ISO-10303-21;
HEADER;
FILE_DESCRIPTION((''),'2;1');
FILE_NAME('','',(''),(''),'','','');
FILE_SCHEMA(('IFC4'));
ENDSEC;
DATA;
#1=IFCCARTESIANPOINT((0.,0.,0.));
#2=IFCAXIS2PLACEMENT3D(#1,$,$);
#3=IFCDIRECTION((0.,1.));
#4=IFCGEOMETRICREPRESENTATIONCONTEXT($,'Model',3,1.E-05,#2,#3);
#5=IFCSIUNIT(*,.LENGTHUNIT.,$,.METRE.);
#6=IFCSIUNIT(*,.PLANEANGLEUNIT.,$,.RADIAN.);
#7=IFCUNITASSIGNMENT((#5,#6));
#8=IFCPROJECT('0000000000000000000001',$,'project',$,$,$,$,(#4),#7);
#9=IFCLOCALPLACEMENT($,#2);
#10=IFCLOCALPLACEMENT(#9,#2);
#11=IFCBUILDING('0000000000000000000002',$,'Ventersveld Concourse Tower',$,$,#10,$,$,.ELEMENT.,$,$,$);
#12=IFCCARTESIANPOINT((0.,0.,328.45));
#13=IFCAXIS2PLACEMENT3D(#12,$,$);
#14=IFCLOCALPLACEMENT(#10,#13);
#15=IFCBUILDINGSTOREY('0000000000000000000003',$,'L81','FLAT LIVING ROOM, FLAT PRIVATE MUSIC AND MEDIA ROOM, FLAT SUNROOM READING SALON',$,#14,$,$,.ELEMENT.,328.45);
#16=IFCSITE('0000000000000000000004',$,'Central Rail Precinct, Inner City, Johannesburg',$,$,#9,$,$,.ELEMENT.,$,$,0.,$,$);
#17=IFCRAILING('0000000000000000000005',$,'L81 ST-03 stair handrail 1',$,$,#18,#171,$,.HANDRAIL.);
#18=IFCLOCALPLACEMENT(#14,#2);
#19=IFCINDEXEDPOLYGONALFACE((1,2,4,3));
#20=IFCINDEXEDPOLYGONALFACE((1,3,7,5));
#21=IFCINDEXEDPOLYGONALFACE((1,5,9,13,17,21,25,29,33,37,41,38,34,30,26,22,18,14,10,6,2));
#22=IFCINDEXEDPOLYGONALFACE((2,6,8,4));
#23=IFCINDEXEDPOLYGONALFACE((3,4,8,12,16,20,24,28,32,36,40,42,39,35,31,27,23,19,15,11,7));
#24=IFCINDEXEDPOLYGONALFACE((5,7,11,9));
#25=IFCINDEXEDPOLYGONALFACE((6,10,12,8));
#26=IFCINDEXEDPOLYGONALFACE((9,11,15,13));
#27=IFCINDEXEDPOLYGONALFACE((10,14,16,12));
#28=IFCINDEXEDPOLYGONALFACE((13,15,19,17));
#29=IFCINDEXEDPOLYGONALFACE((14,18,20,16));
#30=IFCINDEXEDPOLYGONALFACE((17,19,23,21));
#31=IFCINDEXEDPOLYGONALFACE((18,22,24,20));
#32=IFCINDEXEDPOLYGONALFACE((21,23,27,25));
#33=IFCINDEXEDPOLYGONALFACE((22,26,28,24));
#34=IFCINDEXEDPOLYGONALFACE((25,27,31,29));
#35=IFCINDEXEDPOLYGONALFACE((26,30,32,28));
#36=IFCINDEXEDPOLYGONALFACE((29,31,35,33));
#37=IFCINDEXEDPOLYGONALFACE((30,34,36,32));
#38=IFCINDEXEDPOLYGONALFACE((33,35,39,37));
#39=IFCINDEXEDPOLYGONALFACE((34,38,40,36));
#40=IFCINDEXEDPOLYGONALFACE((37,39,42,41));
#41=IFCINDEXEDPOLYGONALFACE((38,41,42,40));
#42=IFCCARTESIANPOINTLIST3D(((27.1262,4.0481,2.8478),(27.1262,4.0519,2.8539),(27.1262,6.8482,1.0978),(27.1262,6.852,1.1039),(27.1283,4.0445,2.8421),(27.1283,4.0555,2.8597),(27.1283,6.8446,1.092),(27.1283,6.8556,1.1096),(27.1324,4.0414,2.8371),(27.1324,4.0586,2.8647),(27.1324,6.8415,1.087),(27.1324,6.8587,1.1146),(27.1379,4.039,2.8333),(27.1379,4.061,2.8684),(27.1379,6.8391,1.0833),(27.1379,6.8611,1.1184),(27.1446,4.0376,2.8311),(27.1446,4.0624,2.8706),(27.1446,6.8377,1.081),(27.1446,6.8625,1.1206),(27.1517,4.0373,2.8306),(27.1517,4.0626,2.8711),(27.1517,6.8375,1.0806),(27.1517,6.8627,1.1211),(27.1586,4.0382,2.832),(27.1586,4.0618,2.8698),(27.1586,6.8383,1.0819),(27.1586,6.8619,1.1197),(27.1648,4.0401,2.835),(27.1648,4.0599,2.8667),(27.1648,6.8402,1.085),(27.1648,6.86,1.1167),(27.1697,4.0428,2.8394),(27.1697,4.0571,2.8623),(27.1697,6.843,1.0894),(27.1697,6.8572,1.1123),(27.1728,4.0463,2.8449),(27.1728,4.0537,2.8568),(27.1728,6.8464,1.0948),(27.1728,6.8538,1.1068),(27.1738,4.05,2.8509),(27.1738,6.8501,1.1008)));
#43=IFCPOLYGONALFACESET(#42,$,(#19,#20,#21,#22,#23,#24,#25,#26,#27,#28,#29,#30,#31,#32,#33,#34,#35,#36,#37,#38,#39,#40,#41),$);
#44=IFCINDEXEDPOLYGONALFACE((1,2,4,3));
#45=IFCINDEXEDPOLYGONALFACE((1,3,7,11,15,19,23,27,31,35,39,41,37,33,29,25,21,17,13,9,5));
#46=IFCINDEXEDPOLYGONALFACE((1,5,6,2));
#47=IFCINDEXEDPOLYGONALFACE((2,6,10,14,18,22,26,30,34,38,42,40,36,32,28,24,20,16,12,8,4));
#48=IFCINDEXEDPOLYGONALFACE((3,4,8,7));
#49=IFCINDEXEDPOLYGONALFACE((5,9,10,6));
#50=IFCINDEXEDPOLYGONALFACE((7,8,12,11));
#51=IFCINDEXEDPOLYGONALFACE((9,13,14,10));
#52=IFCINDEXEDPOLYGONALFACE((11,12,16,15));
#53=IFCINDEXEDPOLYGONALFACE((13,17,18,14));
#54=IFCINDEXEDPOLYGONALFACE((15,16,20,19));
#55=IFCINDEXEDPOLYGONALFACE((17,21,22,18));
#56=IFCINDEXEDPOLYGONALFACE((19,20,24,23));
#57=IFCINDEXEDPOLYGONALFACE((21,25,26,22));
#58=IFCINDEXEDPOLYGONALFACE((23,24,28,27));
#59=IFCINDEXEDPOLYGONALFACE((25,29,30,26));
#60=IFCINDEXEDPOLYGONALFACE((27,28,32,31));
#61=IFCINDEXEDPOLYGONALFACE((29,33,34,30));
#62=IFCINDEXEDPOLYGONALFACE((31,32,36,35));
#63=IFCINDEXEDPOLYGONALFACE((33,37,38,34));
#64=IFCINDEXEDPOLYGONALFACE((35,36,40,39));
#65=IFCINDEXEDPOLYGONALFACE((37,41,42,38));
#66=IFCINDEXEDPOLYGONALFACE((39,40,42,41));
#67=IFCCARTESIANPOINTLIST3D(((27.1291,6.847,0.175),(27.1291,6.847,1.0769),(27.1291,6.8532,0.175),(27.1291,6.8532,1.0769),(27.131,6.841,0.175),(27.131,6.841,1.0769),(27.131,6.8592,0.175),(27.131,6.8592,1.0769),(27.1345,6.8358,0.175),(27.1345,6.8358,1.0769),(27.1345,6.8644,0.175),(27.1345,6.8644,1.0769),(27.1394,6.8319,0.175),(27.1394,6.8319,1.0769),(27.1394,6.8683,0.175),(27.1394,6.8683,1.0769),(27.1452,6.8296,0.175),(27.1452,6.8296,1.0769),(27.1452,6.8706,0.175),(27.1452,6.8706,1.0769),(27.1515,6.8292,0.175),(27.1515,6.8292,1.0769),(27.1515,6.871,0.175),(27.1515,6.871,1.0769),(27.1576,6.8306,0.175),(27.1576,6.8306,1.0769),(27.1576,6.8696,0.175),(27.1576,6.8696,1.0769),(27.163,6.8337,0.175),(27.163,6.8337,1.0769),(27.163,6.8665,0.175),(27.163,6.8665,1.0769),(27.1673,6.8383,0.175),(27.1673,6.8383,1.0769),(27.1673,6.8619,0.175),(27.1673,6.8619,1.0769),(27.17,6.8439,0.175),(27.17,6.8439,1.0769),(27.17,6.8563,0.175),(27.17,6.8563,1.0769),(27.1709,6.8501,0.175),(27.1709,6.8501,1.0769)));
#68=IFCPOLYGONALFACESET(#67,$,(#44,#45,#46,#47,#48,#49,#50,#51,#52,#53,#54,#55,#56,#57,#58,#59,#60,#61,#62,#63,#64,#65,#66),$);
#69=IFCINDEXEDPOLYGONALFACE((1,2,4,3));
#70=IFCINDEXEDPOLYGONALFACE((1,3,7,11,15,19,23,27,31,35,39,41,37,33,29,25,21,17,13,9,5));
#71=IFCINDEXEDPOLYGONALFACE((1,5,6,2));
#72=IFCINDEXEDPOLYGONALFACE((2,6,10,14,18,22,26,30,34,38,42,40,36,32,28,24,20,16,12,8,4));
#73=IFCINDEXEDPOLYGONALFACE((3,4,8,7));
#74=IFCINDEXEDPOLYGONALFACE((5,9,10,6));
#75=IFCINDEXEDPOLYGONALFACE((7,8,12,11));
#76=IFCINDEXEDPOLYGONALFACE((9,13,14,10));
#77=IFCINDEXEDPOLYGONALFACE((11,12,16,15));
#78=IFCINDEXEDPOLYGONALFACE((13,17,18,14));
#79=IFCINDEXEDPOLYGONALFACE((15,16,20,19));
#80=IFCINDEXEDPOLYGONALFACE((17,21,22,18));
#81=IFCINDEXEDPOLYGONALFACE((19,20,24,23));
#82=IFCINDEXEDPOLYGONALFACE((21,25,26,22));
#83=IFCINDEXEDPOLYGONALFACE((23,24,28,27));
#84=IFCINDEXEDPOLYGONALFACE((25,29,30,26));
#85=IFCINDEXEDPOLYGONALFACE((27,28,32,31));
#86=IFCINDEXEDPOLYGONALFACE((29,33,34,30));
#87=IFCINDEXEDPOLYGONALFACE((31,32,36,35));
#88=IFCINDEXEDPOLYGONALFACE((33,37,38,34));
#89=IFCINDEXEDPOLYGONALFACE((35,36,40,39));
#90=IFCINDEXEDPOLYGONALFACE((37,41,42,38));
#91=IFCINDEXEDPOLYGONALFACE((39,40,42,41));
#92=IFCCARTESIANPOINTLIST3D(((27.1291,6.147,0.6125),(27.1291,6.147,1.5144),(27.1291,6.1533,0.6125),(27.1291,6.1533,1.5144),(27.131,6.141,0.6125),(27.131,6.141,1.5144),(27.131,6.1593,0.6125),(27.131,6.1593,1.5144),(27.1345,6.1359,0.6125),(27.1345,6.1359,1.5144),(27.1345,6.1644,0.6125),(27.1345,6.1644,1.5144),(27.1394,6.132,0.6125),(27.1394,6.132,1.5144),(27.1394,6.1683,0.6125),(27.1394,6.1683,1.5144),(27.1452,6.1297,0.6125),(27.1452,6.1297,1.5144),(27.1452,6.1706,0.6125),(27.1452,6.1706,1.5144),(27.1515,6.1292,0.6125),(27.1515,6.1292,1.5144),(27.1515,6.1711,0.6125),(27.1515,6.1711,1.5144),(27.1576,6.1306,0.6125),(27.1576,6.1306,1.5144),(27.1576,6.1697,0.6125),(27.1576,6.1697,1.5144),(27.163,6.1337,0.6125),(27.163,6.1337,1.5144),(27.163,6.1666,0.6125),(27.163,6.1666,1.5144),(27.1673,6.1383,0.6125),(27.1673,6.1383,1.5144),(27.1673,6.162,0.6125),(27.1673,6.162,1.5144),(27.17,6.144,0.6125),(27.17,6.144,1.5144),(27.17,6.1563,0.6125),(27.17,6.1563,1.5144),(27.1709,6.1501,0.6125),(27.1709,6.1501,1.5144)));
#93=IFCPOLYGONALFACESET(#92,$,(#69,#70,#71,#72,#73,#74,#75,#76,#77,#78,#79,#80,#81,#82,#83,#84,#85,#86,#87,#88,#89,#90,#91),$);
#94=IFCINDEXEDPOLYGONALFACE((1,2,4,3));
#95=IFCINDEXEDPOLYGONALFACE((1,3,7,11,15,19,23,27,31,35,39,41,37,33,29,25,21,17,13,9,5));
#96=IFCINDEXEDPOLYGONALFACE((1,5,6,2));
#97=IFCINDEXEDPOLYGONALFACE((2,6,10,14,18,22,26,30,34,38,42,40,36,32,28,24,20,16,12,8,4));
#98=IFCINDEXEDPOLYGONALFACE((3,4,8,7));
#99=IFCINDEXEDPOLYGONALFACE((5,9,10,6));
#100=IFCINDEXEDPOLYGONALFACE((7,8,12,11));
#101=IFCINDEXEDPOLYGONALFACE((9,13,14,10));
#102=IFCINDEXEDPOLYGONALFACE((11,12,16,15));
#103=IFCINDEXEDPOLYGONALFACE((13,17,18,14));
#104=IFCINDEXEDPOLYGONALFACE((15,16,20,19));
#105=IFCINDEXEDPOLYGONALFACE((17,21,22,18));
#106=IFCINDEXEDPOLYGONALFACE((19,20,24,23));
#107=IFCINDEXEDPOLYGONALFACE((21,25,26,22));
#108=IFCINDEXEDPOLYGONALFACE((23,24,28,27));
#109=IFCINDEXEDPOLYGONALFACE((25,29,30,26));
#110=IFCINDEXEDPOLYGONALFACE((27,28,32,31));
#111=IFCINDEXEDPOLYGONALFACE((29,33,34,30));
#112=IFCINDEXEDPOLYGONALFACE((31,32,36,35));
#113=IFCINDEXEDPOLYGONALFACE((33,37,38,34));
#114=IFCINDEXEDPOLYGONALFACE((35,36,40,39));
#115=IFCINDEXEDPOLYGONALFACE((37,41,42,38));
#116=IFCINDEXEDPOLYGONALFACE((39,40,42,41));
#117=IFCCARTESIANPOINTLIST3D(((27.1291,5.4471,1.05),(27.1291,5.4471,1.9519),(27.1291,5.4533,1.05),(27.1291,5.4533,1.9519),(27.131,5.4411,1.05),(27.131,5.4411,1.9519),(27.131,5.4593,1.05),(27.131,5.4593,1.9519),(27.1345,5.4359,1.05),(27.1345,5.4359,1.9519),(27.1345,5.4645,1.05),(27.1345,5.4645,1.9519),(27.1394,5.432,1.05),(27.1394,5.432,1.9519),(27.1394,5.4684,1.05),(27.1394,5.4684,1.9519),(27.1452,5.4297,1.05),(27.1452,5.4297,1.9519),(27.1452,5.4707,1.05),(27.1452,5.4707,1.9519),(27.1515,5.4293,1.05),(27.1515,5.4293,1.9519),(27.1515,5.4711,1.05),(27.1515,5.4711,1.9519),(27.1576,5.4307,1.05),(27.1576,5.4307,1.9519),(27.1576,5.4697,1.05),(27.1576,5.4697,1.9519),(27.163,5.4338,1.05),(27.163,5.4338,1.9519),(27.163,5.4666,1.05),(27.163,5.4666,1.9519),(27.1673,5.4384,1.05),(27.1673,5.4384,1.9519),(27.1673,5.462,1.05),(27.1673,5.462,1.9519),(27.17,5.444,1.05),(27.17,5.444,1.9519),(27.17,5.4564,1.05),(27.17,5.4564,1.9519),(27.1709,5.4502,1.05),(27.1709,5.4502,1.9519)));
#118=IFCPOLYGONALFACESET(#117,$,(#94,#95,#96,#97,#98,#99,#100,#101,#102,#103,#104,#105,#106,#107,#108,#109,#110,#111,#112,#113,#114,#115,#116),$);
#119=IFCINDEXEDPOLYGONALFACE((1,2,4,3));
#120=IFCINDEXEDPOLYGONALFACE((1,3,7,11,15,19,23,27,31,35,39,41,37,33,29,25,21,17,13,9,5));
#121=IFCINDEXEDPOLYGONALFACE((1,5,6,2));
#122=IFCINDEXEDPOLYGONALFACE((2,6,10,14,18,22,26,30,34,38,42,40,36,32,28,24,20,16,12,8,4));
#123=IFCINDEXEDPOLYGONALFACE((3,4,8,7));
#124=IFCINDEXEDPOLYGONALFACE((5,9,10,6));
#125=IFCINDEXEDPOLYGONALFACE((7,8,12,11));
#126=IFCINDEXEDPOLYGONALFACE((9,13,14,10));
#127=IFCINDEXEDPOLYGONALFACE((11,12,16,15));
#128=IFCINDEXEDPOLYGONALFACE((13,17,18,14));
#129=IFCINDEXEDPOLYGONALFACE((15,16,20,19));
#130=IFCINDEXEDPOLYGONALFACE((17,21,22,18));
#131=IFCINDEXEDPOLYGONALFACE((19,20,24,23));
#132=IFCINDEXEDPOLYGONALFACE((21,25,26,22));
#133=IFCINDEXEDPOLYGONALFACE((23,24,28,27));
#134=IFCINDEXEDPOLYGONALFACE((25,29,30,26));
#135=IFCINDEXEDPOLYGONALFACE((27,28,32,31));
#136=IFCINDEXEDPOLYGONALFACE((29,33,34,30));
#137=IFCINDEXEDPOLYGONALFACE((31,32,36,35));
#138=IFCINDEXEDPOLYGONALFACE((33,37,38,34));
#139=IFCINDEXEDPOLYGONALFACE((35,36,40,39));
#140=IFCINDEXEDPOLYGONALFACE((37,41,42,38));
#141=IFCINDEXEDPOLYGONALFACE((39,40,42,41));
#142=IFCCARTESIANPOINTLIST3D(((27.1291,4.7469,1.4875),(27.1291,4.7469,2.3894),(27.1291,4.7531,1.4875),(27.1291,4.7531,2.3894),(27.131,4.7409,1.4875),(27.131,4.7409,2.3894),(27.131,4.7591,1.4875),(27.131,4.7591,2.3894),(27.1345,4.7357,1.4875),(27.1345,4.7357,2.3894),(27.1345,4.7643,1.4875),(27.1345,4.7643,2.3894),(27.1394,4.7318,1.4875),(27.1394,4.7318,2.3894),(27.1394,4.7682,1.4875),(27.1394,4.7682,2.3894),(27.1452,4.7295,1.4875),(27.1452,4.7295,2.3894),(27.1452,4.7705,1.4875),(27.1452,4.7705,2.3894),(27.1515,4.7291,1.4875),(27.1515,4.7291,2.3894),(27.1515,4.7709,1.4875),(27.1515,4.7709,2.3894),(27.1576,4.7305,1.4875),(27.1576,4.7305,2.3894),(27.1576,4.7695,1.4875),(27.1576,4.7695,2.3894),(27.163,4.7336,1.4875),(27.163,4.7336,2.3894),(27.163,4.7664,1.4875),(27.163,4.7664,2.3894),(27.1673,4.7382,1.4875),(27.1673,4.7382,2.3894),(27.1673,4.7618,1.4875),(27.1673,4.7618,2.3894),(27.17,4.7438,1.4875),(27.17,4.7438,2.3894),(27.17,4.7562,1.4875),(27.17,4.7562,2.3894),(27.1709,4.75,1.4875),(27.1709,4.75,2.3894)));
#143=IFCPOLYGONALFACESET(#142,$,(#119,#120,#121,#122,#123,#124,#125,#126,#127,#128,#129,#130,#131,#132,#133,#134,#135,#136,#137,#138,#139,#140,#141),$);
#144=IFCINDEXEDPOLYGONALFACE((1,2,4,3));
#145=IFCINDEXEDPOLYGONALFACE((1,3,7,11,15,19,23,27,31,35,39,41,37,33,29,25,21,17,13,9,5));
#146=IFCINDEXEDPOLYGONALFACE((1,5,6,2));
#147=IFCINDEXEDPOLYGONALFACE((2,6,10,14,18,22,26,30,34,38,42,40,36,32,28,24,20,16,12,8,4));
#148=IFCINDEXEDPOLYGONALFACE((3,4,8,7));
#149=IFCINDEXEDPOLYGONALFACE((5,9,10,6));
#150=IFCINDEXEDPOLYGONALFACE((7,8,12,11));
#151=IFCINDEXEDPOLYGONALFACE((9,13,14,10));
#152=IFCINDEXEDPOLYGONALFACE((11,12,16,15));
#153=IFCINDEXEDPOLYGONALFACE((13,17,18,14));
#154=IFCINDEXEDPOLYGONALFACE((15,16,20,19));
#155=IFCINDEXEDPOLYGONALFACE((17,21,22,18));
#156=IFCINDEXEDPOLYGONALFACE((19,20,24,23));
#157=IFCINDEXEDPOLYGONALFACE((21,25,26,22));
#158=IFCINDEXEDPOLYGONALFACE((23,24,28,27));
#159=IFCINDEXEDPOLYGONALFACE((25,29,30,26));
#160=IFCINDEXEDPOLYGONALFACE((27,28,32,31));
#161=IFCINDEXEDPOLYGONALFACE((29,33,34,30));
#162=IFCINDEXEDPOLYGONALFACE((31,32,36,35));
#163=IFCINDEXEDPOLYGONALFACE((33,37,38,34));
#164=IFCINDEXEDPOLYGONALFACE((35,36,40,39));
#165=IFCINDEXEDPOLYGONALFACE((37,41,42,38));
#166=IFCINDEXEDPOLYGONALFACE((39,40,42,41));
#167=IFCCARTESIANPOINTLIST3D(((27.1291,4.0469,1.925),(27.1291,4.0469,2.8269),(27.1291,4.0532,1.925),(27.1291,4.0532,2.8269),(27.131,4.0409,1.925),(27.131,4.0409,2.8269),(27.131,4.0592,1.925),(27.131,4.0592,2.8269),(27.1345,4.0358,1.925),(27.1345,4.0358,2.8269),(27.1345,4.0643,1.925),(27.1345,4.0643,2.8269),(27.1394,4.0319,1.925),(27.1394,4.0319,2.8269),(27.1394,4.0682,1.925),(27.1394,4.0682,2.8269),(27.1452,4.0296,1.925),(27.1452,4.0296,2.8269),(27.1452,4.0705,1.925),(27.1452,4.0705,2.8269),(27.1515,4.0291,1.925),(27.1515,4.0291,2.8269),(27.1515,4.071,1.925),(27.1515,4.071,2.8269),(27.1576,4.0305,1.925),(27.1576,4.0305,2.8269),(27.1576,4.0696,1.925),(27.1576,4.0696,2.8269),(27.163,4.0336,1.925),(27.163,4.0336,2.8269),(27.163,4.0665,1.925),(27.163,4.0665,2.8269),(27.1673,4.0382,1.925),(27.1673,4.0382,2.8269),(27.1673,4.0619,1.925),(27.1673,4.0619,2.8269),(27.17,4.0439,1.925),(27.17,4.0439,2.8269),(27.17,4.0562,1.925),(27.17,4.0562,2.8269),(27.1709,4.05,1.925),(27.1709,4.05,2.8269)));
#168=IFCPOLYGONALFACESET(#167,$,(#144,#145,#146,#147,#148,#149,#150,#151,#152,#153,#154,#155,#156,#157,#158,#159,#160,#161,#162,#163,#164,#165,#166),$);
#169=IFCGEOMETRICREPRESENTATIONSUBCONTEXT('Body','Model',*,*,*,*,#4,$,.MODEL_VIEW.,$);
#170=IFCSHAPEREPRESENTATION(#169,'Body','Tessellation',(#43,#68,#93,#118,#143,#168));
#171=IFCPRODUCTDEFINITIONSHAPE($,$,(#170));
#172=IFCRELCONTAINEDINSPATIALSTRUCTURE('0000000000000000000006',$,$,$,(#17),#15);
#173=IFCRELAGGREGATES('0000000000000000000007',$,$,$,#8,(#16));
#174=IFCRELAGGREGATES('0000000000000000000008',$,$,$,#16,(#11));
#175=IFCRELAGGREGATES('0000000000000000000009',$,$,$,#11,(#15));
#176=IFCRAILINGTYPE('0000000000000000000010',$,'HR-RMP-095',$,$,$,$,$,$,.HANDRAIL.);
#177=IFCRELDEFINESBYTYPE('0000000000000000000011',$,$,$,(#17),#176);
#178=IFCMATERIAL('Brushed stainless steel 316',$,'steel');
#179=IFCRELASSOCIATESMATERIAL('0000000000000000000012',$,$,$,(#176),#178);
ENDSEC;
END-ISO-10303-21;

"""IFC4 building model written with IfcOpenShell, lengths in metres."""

from ifc_helpers import new_model, si_unit, direction, frame, origin, origin_2d, place, context, subcontext, project, spatial, circle, extrude, material, type_object, element, save


model = new_model("IFC4")

# Units and contexts
model_context = context("Model", 3, precision=1e-05, world=origin(), true_north=direction((0.0, 1.0)))
body_context = subcontext(model_context, "Body", "Model", "MODEL_VIEW")
ifc_project = project(units=[si_unit("LENGTHUNIT", "METRE"), si_unit("PLANEANGLEUNIT", "RADIAN")], contexts=[model_context])

# Site, building, storey
site_placement = place(None, origin())
site = spatial("IfcSite", under=ifc_project, at=site_placement, Name="Central Rail Precinct, Inner City, Johannesburg", CompositionType="ELEMENT", RefElevation=0.0)
building_placement = place(site_placement, origin())
building = spatial("IfcBuilding", under=site, at=building_placement, Name="Ventersveld Concourse Tower", CompositionType="ELEMENT")
storey_placement = place(building_placement, frame((0.0, 0.0, 328.45)))
storey = spatial("IfcBuildingStorey", under=building, at=storey_placement, Name="L81", Description="FLAT LIVING ROOM, FLAT PRIVATE MUSIC AND MEDIA ROOM, FLAT SUNROOM READING SALON", CompositionType="ELEMENT", Elevation=328.45)

# Shared definitions
ifc_material_1 = material(Name="Brushed stainless steel 316", Category="steel")

# Railing
railing_type = type_object("IfcRailingType", Name="HR-RMP-095", PredefinedType="HANDRAIL", material=ifc_material_1)
railing_placement = place(storey_placement, frame((27.1499, 6.8501, 0.175)))
element("IfcRailing", 1, at=railing_placement, inside=storey, type_object=railing_type, Name="L81 ST-03 stair handrail 1", PredefinedType="HANDRAIL", context=body_context, shape_type="SweptSolid", body=[
    extrude(circle(Radius=0.0239, at=origin_2d()), frame((0.0, 0.0, 0.9258), z_axis=(0.0, -0.848002, 0.529992), x_axis=(1.0, 0.0, 0.0)), (0.0, 0.0, 1.0), 3.302),
    extrude(circle(Radius=0.021, at=origin_2d()), origin(), (0.0, 0.0, 1.0), 0.9019),
    extrude(circle(Radius=0.021, at=origin_2d()), frame((0.0, -0.7, 0.4375)), (0.0, 0.0, 1.0), 0.9019),
    extrude(circle(Radius=0.021, at=origin_2d()), frame((0.0, -1.3999, 0.875)), (0.0, 0.0, 1.0), 0.9019),
    extrude(circle(Radius=0.021, at=origin_2d()), frame((0.0, -2.1001, 1.3125)), (0.0, 0.0, 1.0), 0.9019),
    extrude(circle(Radius=0.021, at=origin_2d()), frame((0.0, -2.8, 1.75)), (0.0, 0.0, 1.0), 0.9019),
])

save(model, "model.ifc")
